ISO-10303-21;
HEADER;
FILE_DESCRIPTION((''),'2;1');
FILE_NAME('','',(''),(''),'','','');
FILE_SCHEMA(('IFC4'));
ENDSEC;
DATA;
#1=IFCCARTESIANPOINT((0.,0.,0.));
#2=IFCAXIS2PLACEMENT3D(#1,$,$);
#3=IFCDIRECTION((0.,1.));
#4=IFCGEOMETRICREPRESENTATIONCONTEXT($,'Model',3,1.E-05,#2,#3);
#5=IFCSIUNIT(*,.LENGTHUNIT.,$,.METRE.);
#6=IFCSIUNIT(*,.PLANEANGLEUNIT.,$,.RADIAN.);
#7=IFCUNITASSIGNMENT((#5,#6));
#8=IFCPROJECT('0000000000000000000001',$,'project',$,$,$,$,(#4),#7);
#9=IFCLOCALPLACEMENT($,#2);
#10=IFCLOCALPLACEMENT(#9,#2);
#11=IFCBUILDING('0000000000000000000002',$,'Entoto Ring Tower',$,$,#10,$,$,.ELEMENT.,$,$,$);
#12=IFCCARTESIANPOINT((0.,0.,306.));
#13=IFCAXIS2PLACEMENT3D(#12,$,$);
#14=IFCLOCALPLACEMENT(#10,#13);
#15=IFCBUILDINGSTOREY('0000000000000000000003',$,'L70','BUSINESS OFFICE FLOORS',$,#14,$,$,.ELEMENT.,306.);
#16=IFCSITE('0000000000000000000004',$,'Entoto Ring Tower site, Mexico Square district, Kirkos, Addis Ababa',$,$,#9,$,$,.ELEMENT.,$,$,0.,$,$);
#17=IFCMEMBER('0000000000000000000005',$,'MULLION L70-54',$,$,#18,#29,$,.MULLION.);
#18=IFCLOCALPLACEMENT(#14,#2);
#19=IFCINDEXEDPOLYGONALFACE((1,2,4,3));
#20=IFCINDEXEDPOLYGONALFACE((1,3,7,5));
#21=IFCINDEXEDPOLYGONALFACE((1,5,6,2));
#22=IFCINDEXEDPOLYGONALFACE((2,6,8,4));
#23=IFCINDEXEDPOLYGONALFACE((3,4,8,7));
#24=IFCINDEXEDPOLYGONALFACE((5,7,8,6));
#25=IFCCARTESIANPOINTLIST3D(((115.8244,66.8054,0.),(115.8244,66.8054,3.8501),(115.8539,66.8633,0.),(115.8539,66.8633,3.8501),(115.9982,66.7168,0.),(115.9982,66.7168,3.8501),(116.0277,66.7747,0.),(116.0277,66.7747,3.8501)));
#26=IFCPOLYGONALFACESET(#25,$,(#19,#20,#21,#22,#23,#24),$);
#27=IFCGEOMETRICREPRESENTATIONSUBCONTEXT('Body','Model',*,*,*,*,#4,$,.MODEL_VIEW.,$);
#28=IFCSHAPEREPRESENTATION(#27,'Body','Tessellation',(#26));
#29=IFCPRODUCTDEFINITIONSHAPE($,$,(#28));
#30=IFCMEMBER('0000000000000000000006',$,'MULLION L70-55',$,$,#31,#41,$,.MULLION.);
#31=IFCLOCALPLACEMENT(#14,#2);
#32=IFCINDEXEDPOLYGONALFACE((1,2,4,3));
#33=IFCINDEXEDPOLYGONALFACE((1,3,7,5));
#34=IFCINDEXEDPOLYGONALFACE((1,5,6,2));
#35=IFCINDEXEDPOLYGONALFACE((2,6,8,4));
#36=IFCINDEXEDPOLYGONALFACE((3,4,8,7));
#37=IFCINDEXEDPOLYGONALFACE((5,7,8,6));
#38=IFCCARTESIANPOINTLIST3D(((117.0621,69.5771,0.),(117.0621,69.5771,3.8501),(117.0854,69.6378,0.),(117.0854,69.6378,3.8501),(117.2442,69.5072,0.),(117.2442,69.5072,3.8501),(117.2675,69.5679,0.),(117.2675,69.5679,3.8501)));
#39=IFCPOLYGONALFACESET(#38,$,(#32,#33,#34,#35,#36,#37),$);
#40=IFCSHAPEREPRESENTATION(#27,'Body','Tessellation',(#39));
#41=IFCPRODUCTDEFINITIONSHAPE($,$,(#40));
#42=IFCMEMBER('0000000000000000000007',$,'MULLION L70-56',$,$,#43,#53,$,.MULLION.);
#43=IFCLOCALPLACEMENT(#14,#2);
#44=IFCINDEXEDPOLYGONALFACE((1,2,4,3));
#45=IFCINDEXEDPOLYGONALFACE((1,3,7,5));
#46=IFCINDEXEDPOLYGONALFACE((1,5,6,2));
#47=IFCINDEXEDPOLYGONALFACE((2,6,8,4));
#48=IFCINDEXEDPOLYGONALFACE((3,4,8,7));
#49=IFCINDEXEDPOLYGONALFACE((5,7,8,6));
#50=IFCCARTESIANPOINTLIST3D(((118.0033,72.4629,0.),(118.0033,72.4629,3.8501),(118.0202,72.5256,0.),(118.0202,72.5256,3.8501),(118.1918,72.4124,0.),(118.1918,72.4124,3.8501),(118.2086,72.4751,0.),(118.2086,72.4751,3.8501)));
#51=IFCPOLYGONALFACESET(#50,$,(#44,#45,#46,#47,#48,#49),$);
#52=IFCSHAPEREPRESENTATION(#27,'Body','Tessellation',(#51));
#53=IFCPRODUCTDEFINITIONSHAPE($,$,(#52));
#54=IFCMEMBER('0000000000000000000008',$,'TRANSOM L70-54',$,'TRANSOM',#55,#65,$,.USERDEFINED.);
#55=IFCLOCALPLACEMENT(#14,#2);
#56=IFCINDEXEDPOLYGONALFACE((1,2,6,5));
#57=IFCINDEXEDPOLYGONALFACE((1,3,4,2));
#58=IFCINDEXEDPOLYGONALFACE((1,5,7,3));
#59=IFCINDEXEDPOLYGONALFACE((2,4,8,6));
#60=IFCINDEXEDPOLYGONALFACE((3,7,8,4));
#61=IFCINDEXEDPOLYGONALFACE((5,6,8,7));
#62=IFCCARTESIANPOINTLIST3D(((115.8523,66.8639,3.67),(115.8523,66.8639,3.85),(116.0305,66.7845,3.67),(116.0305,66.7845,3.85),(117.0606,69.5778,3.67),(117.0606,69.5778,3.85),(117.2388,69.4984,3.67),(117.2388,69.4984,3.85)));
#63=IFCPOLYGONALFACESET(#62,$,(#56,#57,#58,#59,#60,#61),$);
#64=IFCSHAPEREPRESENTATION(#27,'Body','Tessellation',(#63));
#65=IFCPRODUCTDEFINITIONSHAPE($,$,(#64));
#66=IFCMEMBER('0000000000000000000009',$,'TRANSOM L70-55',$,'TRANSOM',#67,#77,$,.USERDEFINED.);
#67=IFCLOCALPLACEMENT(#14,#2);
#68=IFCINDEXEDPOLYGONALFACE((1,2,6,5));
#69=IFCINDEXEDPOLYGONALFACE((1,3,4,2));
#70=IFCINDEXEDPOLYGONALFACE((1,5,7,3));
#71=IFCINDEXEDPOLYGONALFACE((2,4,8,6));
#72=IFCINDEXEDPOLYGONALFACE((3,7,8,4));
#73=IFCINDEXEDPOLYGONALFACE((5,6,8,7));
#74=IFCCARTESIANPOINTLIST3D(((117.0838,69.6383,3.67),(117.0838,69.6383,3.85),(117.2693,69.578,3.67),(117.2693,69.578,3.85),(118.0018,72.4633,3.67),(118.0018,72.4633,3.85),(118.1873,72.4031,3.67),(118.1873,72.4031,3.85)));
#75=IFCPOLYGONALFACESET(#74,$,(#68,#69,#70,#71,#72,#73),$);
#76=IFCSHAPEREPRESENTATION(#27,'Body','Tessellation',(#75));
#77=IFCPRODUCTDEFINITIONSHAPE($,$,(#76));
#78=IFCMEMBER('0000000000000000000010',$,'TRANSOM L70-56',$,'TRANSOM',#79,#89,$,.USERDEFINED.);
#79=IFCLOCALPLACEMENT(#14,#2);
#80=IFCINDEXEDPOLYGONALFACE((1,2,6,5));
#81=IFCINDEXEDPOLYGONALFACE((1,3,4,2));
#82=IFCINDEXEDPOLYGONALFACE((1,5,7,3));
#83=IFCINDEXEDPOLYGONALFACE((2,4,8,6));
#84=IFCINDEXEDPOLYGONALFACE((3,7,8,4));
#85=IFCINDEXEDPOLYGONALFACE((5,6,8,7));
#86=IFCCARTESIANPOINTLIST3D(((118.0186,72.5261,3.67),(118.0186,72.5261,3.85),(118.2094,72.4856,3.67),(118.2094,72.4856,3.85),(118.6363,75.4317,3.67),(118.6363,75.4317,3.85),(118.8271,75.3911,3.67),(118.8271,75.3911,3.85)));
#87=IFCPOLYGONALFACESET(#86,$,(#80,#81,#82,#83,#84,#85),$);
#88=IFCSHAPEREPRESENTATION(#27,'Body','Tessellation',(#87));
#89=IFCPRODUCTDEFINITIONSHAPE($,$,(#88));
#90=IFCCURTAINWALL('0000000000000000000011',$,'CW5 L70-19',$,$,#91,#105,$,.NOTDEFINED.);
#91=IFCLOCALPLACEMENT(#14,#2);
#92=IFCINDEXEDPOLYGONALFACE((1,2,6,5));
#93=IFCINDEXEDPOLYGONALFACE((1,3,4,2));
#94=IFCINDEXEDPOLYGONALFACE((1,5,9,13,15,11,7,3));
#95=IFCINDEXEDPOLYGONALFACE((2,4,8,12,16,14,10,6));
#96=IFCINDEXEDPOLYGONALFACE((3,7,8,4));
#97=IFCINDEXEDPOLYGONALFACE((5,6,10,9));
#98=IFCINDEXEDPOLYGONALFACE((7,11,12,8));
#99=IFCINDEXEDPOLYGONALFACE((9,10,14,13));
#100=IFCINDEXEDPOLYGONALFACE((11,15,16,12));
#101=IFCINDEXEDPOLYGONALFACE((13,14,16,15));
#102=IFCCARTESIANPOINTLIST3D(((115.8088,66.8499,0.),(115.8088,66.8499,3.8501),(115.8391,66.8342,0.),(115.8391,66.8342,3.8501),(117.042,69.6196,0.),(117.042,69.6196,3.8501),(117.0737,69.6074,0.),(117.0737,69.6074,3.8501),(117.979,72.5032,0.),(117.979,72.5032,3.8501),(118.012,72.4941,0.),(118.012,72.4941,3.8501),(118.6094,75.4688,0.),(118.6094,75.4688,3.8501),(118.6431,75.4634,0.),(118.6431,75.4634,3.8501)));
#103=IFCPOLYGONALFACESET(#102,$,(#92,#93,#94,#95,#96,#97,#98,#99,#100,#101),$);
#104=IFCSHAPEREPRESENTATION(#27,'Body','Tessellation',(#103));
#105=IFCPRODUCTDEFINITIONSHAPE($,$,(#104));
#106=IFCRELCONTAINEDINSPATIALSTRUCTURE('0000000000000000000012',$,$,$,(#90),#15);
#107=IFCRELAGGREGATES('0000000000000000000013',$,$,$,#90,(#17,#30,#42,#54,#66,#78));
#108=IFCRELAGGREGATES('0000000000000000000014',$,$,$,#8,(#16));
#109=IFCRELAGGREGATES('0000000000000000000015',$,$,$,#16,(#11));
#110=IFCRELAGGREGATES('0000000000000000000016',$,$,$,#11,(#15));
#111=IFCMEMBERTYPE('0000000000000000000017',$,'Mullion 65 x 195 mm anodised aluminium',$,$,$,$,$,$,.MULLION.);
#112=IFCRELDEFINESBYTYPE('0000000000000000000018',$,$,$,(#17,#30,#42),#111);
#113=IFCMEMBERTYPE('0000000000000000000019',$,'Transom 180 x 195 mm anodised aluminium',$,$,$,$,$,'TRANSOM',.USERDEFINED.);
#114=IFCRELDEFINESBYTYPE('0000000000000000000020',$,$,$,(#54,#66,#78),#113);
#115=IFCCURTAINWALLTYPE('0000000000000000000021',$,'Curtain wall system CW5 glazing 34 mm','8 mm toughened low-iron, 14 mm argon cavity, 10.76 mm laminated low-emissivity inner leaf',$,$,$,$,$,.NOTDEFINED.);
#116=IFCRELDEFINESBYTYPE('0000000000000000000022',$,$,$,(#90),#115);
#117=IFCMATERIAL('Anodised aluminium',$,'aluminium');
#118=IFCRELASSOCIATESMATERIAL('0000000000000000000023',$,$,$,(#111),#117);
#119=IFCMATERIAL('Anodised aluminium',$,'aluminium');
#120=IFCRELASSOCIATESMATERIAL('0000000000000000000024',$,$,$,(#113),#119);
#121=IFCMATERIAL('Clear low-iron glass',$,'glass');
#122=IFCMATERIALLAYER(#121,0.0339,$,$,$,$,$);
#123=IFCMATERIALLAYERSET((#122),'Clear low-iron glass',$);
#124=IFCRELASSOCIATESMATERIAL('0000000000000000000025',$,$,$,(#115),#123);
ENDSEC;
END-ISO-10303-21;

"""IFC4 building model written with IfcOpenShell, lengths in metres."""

from ifc_helpers import new_model, si_unit, direction, frame, origin, origin_2d, place, context, subcontext, project, spatial, polyline, rectangle, outline, extrude, material, layer, layer_set, material_profile, profile_set, type_object, element, aggregate, save


model = new_model("IFC4")

# Units and contexts
model_context = context("Model", 3, precision=1e-05, world=origin(), true_north=direction((0.0, 1.0)))
body_context = subcontext(model_context, "Body", "Model", "MODEL_VIEW")
ifc_project = project(units=[si_unit("LENGTHUNIT", "METRE"), si_unit("PLANEANGLEUNIT", "RADIAN")], contexts=[model_context])

# Members
ifc_material_1 = material(Name="Anodised aluminium", Category="aluminium")
ifc_material_profile_1 = material_profile(ifc_material_1, rectangle(XDim=0.0649, YDim=0.1951, at=origin_2d()), Name="Mullion 65 x 195 mm anodised aluminium")
ifc_profile_set_1 = profile_set([ifc_material_profile_1], Name="Anodised aluminium")
member_type_1 = type_object("IfcMemberType", Name="Mullion 65 x 195 mm anodised aluminium", PredefinedType="MULLION", material=ifc_profile_set_1)
site_placement = place(None, origin())
building_placement = place(site_placement, origin())
storey_placement = place(building_placement, frame((0.0, 0.0, 306.0)))
member_1_placement = place(storey_placement, frame((115.926, 66.79, 0.0), z_axis=(0.0, 0.0, 1.0), x_axis=(0.45399, 0.891007, 0.0)))
member_1 = element("IfcMember", 1, at=member_1_placement, type_object=member_type_1, Name="MULLION L70-54", PredefinedType="MULLION", context=body_context, shape_type="SweptSolid", body=[
    extrude(rectangle(XDim=0.0649, YDim=0.1951, at=origin_2d()), origin(), (0.0, 0.0, 1.0), 3.8501),
])
member_2_placement = place(storey_placement, frame((117.1648, 69.5725, 0.0), z_axis=(0.0, 0.0, 1.0), x_axis=(0.358368, 0.93358, 0.0)))
member_2 = element("IfcMember", 2, at=member_2_placement, type_object=member_type_1, Name="MULLION L70-55", PredefinedType="MULLION", context=body_context, shape_type="SweptSolid", body=[
    extrude(rectangle(XDim=0.0649, YDim=0.1951, at=origin_2d()), origin(), (0.0, 0.0, 1.0), 3.8501),
])
member_3_placement = place(storey_placement, frame((118.106, 72.469, 0.0), z_axis=(0.0, 0.0, 1.0), x_axis=(0.258819, 0.965926, 0.0)))
member_3 = element("IfcMember", 3, at=member_3_placement, type_object=member_type_1, Name="MULLION L70-56", PredefinedType="MULLION", context=body_context, shape_type="SweptSolid", body=[
    extrude(rectangle(XDim=0.0649, YDim=0.1951, at=origin_2d()), origin(), (0.0, 0.0, 1.0), 3.8501),
])
ifc_material_2 = material(Name="Anodised aluminium", Category="aluminium")
ifc_material_profile_2 = material_profile(ifc_material_2, rectangle(XDim=0.1951, YDim=0.1799, at=origin_2d()), Name="Transom 180 x 195 mm anodised aluminium")
ifc_profile_set_2 = profile_set([ifc_material_profile_2], Name="Anodised aluminium")
member_type_2 = type_object("IfcMemberType", Name="Transom 180 x 195 mm anodised aluminium", ElementType="TRANSOM", PredefinedType="USERDEFINED", material=ifc_profile_set_2)
member_4_placement = place(storey_placement, frame((115.9414, 66.8242, 3.76), z_axis=(0.406726, 0.91355, 0.0), x_axis=(-0.91355, 0.406726, 0.0)))
member_4 = element("IfcMember", 4, at=member_4_placement, type_object=member_type_2, Name="TRANSOM L70-54", ObjectType="TRANSOM", PredefinedType="USERDEFINED", context=body_context, shape_type="SweptSolid", body=[
    extrude(rectangle(XDim=0.1951, YDim=0.1799, at=origin_2d()), origin(), (0.0, 0.0, 1.0), 2.9707),
])
member_5_placement = place(storey_placement, frame((117.1765, 69.6082, 3.76), z_axis=(0.309043, 0.951048, 0.0), x_axis=(-0.951048, 0.309043, 0.0)))
member_5 = element("IfcMember", 5, at=member_5_placement, type_object=member_type_2, Name="TRANSOM L70-55", ObjectType="TRANSOM", PredefinedType="USERDEFINED", context=body_context, shape_type="SweptSolid", body=[
    extrude(rectangle(XDim=0.1951, YDim=0.1799, at=origin_2d()), origin(), (0.0, 0.0, 1.0), 2.9705),
])
member_6_placement = place(storey_placement, frame((118.114, 72.5059, 3.76), z_axis=(0.20794, 0.978142, 0.0), x_axis=(-0.978142, 0.20794, 0.0)))
member_6 = element("IfcMember", 6, at=member_6_placement, type_object=member_type_2, Name="TRANSOM L70-56", ObjectType="TRANSOM", PredefinedType="USERDEFINED", context=body_context, shape_type="SweptSolid", body=[
    extrude(rectangle(XDim=0.1951, YDim=0.1799, at=origin_2d()), origin(), (0.0, 0.0, 1.0), 2.9705),
])

# Site, building, storey
site = spatial("IfcSite", under=ifc_project, at=site_placement, Name="Entoto Ring Tower site, Mexico Square district, Kirkos, Addis Ababa", CompositionType="ELEMENT", RefElevation=0.0)
building = spatial("IfcBuilding", under=site, at=building_placement, Name="Entoto Ring Tower", CompositionType="ELEMENT")
storey = spatial("IfcBuildingStorey", under=building, at=storey_placement, Name="L70", Description="BUSINESS OFFICE FLOORS", CompositionType="ELEMENT", Elevation=306.0)

# Curtain wall
ifc_material_3 = material(Name="Clear low-iron glass", Category="glass")
ifc_layer_1 = layer(ifc_material_3, 0.0339)
ifc_layer_set_1 = layer_set([ifc_layer_1], Name="Clear low-iron glass")
curtain_wall_type = type_object("IfcCurtainWallType", Name="Curtain wall system CW5 glazing 34 mm", Description="8 mm toughened low-iron, 14 mm argon cavity, 10.76 mm laminated low-emissivity inner leaf", PredefinedType="NOTDEFINED", material=ifc_layer_set_1)
curtain_wall_1_placement = place(storey_placement, origin())
curtain_wall_1 = element("IfcCurtainWall", 7, at=curtain_wall_1_placement, inside=storey, type_object=curtain_wall_type, Name="CW5 L70-19", PredefinedType="NOTDEFINED", context=body_context, shape_type="SweptSolid", body=[
    extrude(outline(polyline([(115.8391, 66.8342), (117.0737, 69.6074), (118.012, 72.4941), (118.6431, 75.4634), (118.6094, 75.4688), (117.979, 72.5032), (117.042, 69.6196), (115.8088, 66.8499), (115.8391, 66.8342)])), origin(), (0.0, 0.0, 1.0), 3.8501),
])
aggregate(curtain_wall_1, [member_1, member_2, member_3, member_4, member_5, member_6])

save(model, "model.ifc")
